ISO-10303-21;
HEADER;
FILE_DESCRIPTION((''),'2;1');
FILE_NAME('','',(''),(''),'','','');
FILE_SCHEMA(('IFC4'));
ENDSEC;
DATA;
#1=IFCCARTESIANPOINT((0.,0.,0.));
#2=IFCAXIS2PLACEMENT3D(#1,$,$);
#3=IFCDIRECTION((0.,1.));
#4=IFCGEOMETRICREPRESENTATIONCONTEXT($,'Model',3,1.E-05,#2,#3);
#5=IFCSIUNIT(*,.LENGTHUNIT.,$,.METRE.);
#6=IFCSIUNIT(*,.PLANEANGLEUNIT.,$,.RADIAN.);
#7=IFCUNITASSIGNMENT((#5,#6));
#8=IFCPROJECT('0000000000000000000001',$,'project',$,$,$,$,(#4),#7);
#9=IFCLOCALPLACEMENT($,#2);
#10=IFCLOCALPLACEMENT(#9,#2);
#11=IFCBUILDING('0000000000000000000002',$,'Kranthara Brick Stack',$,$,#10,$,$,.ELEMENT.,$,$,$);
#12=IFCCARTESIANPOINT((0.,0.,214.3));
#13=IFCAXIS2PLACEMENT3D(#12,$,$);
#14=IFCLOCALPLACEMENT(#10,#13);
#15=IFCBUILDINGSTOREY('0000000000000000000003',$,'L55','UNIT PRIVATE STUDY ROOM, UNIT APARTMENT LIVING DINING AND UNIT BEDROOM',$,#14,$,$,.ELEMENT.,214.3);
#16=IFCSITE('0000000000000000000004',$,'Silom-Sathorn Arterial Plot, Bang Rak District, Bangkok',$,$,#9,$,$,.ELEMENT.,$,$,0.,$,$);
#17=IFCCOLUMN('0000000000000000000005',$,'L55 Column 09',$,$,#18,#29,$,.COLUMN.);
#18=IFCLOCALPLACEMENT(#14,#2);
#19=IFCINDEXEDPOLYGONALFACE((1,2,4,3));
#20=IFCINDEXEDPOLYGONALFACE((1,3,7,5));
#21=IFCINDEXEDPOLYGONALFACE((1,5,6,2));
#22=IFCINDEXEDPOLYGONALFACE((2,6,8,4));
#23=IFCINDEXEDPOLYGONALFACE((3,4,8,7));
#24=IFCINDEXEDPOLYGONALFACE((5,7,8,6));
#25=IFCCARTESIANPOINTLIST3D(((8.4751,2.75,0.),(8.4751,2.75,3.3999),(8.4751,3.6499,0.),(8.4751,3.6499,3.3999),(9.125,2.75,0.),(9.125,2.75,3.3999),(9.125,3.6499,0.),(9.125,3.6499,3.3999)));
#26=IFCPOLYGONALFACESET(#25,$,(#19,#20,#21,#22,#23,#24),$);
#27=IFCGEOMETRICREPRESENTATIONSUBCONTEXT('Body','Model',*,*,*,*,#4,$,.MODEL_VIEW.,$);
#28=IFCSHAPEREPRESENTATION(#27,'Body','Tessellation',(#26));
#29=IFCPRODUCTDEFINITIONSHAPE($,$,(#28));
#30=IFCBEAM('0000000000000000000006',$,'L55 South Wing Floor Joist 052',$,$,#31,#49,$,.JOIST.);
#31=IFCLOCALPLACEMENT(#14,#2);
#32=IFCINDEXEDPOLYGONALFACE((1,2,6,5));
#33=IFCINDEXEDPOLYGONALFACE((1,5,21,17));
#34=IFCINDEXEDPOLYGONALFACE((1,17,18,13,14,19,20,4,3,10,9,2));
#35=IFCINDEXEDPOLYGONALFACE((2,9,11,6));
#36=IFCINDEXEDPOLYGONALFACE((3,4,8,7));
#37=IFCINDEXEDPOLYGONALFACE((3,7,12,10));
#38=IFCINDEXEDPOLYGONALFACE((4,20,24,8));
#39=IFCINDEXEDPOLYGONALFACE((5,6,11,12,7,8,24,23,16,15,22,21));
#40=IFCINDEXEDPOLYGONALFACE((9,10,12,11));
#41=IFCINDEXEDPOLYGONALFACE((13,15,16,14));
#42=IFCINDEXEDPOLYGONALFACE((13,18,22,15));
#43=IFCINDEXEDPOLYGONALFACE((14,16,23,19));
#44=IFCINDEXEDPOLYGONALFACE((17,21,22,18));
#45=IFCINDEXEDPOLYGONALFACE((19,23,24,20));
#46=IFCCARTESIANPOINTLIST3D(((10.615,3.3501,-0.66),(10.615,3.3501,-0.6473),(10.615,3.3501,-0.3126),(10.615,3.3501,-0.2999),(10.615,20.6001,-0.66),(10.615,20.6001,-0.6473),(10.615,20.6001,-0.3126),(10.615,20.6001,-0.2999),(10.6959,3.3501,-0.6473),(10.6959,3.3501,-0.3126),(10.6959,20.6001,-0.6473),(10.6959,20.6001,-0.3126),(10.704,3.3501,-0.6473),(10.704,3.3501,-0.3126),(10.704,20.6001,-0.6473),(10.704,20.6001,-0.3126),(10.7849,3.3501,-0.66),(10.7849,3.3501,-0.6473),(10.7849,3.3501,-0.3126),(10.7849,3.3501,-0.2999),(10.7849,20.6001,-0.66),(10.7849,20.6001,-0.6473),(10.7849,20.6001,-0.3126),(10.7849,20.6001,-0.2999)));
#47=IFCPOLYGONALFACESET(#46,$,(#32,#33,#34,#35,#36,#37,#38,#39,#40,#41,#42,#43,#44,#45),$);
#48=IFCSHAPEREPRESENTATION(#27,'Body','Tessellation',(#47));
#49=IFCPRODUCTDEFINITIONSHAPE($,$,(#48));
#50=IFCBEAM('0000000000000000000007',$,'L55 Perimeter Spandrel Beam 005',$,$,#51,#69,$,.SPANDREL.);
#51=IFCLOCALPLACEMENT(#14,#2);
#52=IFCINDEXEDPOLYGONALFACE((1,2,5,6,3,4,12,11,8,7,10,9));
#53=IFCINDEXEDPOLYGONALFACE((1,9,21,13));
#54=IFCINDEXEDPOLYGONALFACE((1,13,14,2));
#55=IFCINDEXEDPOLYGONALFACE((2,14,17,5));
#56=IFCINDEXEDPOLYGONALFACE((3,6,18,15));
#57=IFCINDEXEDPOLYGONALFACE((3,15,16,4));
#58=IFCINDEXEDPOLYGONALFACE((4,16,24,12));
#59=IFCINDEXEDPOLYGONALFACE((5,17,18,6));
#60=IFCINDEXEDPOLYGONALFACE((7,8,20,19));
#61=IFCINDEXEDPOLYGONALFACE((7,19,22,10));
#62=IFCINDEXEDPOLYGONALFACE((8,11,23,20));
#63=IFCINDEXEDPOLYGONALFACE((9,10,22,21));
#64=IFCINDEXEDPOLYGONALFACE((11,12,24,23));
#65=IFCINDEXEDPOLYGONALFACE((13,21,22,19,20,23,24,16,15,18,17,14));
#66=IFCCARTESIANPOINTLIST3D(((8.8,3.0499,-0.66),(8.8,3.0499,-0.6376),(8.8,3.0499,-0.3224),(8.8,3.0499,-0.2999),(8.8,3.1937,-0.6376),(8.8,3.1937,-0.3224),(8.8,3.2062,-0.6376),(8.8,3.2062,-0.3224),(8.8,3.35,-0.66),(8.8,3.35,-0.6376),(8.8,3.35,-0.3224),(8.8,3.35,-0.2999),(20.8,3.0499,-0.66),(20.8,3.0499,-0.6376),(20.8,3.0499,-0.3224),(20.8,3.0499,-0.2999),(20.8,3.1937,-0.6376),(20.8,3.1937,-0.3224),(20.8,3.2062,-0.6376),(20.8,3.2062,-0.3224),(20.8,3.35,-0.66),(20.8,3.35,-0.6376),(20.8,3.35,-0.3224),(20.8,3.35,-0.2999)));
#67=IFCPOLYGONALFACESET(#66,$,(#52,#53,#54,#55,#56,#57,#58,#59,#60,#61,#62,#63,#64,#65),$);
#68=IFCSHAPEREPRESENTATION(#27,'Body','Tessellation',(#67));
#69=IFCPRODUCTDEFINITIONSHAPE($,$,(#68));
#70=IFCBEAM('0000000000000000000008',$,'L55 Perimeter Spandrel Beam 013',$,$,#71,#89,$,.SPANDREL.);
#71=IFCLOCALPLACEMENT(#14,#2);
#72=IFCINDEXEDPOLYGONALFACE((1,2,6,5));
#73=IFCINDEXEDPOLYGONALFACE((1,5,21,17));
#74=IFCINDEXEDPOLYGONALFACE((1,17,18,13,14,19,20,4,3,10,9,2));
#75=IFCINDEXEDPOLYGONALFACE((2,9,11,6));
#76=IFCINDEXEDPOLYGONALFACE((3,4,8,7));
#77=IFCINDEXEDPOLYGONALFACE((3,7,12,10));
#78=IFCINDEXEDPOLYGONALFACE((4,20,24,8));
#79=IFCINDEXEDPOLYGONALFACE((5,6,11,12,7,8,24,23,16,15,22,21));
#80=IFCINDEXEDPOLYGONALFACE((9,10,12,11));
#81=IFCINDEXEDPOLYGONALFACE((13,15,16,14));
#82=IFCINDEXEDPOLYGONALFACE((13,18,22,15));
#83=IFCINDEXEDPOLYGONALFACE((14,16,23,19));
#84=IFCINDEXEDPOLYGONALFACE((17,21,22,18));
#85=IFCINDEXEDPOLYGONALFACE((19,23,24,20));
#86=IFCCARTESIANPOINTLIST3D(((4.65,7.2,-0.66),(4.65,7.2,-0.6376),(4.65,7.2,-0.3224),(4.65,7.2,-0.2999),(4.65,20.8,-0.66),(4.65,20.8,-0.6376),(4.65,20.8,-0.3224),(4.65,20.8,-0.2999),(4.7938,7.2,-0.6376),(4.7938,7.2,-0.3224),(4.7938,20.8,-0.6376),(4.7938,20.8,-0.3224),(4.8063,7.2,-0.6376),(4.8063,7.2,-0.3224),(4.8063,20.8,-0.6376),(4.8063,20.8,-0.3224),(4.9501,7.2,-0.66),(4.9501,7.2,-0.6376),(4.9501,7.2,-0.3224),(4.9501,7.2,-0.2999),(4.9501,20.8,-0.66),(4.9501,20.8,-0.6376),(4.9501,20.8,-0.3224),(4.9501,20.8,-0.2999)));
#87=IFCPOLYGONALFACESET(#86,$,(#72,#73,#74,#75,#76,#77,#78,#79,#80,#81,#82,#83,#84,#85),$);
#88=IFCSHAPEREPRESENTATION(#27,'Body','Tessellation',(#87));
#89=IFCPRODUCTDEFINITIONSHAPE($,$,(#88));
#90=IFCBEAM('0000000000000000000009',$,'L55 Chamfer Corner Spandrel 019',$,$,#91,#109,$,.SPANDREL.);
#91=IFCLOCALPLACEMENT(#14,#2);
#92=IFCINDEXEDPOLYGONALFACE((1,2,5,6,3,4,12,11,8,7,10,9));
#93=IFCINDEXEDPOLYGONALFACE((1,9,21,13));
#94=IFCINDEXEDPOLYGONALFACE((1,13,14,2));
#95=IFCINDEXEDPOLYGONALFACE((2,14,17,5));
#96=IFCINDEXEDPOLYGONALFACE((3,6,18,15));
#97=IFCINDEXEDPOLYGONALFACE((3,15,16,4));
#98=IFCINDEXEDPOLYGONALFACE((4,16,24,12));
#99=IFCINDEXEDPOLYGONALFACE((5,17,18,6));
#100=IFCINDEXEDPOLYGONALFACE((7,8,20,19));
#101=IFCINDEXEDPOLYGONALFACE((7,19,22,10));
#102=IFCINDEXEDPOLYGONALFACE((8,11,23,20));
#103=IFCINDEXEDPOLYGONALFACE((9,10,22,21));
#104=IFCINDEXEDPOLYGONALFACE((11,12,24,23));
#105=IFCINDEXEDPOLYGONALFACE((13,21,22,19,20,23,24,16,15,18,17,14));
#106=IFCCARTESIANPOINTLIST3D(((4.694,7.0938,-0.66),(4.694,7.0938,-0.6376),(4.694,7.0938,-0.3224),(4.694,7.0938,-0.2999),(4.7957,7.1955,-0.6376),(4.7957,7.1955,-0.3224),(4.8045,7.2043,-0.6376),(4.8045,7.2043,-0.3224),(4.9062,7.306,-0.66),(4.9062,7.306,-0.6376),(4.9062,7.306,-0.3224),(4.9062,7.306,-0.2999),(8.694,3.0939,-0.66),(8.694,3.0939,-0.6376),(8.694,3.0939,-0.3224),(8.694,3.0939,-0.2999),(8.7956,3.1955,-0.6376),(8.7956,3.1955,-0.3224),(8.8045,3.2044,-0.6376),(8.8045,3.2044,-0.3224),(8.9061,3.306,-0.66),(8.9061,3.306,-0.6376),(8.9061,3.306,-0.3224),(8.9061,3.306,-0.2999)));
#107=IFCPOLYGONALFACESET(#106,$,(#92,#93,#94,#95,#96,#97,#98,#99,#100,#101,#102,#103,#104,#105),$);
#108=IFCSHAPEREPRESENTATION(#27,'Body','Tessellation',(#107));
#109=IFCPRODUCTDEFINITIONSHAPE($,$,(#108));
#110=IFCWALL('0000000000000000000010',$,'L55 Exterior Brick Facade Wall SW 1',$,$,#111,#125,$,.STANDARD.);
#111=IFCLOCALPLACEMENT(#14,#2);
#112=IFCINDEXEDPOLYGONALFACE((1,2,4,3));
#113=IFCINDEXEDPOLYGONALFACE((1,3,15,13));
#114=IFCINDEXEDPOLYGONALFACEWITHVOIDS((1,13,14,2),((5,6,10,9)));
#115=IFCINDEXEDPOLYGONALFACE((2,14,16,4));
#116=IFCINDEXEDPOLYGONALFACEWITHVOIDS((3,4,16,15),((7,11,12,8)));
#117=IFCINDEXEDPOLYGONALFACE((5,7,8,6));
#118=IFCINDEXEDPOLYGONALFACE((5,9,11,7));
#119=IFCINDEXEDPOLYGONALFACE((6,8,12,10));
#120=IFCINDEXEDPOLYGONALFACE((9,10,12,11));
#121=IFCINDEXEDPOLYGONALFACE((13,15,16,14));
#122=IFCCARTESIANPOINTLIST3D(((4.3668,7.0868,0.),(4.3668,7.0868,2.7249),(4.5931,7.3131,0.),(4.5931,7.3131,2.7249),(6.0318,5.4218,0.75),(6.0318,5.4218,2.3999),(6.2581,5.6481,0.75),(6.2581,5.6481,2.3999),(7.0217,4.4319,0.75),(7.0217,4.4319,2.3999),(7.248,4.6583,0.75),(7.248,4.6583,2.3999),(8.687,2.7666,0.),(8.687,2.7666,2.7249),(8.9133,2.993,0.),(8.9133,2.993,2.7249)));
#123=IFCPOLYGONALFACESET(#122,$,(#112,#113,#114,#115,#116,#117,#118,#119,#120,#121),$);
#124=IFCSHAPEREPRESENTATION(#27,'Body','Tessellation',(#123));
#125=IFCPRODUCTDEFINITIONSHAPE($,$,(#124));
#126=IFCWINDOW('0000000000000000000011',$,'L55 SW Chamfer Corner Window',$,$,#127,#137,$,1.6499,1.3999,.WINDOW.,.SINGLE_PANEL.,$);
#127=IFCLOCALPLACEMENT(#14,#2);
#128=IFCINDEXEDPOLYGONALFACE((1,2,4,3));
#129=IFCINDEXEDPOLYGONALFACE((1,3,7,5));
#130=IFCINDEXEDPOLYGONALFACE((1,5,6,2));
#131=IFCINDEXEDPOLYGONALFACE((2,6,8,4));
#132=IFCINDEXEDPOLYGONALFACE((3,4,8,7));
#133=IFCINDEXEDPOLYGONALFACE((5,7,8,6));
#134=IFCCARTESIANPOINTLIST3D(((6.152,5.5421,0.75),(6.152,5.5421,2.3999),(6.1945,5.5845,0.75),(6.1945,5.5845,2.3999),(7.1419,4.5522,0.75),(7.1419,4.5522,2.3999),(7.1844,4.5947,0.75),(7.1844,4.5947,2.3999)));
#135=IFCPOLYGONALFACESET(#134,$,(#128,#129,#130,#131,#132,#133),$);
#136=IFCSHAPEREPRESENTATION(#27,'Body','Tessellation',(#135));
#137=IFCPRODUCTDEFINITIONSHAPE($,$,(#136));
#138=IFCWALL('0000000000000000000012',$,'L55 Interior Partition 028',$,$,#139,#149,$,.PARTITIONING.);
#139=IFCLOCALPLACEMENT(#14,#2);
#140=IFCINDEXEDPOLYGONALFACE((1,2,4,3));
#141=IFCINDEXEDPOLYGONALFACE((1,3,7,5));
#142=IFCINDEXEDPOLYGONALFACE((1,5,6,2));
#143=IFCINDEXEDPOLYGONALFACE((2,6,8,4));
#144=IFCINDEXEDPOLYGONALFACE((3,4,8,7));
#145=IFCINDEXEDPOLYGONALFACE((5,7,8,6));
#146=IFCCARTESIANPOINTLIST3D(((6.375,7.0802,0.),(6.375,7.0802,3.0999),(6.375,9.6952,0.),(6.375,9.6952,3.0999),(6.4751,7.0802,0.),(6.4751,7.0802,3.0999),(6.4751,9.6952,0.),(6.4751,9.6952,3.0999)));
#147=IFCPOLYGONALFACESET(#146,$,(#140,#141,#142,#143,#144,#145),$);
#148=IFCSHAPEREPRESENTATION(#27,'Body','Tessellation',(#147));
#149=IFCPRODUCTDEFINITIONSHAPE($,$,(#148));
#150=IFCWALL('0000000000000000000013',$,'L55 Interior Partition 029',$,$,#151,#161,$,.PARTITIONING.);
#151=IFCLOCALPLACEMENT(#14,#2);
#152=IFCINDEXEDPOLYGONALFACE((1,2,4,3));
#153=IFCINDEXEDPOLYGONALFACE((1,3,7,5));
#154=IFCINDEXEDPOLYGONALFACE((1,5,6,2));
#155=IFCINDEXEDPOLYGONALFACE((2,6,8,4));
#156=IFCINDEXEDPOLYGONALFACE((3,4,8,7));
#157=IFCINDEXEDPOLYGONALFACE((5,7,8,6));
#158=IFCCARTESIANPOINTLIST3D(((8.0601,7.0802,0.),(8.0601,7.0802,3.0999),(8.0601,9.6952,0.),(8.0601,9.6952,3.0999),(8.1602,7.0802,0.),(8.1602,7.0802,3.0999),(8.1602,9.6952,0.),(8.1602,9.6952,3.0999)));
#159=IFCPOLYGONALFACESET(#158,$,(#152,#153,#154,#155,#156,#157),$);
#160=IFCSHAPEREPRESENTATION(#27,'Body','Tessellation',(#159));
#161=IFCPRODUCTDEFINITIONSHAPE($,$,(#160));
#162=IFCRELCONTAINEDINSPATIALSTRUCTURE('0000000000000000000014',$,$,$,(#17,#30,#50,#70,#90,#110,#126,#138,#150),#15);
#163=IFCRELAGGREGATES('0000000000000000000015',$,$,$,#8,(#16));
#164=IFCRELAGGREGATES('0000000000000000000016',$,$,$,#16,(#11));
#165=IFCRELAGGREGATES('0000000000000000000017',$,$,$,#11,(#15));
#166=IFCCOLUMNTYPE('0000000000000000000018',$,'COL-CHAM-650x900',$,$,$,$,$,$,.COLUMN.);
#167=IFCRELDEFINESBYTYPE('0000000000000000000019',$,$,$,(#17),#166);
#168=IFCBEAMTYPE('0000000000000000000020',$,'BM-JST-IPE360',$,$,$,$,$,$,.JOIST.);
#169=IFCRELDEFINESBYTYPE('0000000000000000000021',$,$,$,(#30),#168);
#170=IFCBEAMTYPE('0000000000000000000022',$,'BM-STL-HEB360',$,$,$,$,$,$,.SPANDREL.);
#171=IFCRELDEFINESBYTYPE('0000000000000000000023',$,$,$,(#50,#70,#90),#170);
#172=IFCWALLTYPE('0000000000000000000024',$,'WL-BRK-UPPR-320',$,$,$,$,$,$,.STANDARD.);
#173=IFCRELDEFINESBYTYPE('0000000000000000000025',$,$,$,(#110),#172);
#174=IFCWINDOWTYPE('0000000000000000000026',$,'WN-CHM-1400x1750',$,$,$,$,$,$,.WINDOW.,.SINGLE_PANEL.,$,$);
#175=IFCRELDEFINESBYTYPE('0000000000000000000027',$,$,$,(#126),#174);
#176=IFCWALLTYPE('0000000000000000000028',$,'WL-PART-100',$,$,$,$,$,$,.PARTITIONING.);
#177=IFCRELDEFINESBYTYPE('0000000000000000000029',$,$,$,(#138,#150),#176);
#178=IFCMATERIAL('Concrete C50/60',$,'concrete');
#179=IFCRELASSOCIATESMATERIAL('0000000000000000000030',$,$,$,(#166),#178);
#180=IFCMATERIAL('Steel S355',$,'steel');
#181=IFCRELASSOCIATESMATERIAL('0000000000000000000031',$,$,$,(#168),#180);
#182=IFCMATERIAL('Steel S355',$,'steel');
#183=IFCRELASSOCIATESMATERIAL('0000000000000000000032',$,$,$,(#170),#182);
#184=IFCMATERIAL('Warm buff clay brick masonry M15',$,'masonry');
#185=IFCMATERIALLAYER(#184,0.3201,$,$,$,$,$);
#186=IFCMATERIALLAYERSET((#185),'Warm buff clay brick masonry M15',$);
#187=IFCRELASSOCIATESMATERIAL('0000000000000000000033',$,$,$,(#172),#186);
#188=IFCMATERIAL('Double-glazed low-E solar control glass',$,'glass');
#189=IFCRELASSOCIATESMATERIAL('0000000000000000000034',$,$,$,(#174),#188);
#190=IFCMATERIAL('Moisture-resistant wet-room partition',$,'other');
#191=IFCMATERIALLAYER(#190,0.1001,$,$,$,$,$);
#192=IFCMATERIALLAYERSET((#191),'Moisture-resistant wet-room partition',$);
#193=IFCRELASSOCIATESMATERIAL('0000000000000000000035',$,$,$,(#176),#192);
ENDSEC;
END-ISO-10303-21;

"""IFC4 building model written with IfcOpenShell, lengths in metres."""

from ifc_helpers import new_model, si_unit, direction, frame, frame_2d, origin, origin_2d, place, context, subcontext, project, spatial, rectangle, i_section, extrude, material, layer, layer_set, material_profile, profile_set, type_object, element, fill, save


model = new_model("IFC4")

# Units and contexts
model_context = context("Model", 3, precision=1e-05, world=origin(), true_north=direction((0.0, 1.0)))
body_context = subcontext(model_context, "Body", "Model", "MODEL_VIEW")
ifc_project = project(units=[si_unit("LENGTHUNIT", "METRE"), si_unit("PLANEANGLEUNIT", "RADIAN")], contexts=[model_context])

# Site, building, storey
site_placement = place(None, origin())
site = spatial("IfcSite", under=ifc_project, at=site_placement, Name="Silom-Sathorn Arterial Plot, Bang Rak District, Bangkok", CompositionType="ELEMENT", RefElevation=0.0)
building_placement = place(site_placement, origin())
building = spatial("IfcBuilding", under=site, at=building_placement, Name="Kranthara Brick Stack", CompositionType="ELEMENT")
storey_placement = place(building_placement, frame((0.0, 0.0, 214.3)))
storey = spatial("IfcBuildingStorey", under=building, at=storey_placement, Name="L55", Description="UNIT PRIVATE STUDY ROOM, UNIT APARTMENT LIVING DINING AND UNIT BEDROOM", CompositionType="ELEMENT", Elevation=214.3)

# Column
ifc_material_1 = material(Name="Concrete C50/60", Category="concrete")
ifc_material_profile_1 = material_profile(ifc_material_1, rectangle(XDim=0.6499, YDim=0.8999, at=origin_2d()), Name="RC 650x900")
ifc_profile_set_1 = profile_set([ifc_material_profile_1], Name="Concrete C50/60")
column_type = type_object("IfcColumnType", Name="COL-CHAM-650x900", PredefinedType="COLUMN", material=ifc_profile_set_1)
column_placement = place(storey_placement, frame((8.8, 3.2, 0.0), z_axis=(0.0, 0.0, 1.0), x_axis=(1.0, 0.0, 0.0)))
element("IfcColumn", 1, at=column_placement, inside=storey, type_object=column_type, Name="L55 Column 09", PredefinedType="COLUMN", context=body_context, shape_type="SweptSolid", body=[
    extrude(rectangle(XDim=0.6499, YDim=0.8999, at=origin_2d()), origin(), (0.0, 0.0, 1.0), 3.3999),
])

# Beams
ifc_material_2 = material(Name="Steel S355", Category="steel")
ifc_material_profile_2 = material_profile(ifc_material_2, i_section(OverallWidth=0.1699, OverallDepth=0.3601, WebThickness=0.0081, FlangeThickness=0.0127, at=origin_2d()), Name="IPE 360")
ifc_profile_set_2 = profile_set([ifc_material_profile_2], Name="Steel S355")
beam_type_1 = type_object("IfcBeamType", Name="BM-JST-IPE360", PredefinedType="JOIST", material=ifc_profile_set_2)
beam_1_placement = place(storey_placement, frame((10.7, 3.3501, -0.48), z_axis=(0.0, 1.0, 0.0), x_axis=(-1.0, 0.0, 0.0)))
element("IfcBeam", 2, at=beam_1_placement, inside=storey, type_object=beam_type_1, Name="L55 South Wing Floor Joist 052", PredefinedType="JOIST", context=body_context, shape_type="SweptSolid", body=[
    extrude(i_section(OverallWidth=0.1699, OverallDepth=0.3601, WebThickness=0.0081, FlangeThickness=0.0127, at=origin_2d()), origin(), (0.0, 0.0, 1.0), 17.25),
])
ifc_material_3 = material(Name="Steel S355", Category="steel")
ifc_material_profile_3 = material_profile(ifc_material_3, i_section(OverallWidth=0.3, OverallDepth=0.3601, WebThickness=0.0125, FlangeThickness=0.0225, at=origin_2d()), Name="HEB 360")
ifc_profile_set_3 = profile_set([ifc_material_profile_3], Name="Steel S355")
beam_type_2 = type_object("IfcBeamType", Name="BM-STL-HEB360", PredefinedType="SPANDREL", material=ifc_profile_set_3)
beam_2_placement = place(storey_placement, frame((8.8, 3.2, -0.48), z_axis=(1.0, 0.0, 0.0), x_axis=(0.0, 1.0, 0.0)))
element("IfcBeam", 3, at=beam_2_placement, inside=storey, type_object=beam_type_2, Name="L55 Perimeter Spandrel Beam 005", PredefinedType="SPANDREL", context=body_context, shape_type="SweptSolid", body=[
    extrude(i_section(OverallWidth=0.3, OverallDepth=0.3601, WebThickness=0.0125, FlangeThickness=0.0225, at=origin_2d()), origin(), (0.0, 0.0, 1.0), 12.0),
])
beam_3_placement = place(storey_placement, frame((4.8, 7.2, -0.48), z_axis=(0.0, 1.0, 0.0), x_axis=(-1.0, 0.0, 0.0)))
element("IfcBeam", 4, at=beam_3_placement, inside=storey, type_object=beam_type_2, Name="L55 Perimeter Spandrel Beam 013", PredefinedType="SPANDREL", context=body_context, shape_type="SweptSolid", body=[
    extrude(i_section(OverallWidth=0.3, OverallDepth=0.3601, WebThickness=0.0125, FlangeThickness=0.0225, at=origin_2d()), origin(), (0.0, 0.0, 1.0), 13.6001),
])
beam_4_placement = place(storey_placement, frame((8.8, 3.2, -0.48), z_axis=(-0.707107, 0.707107, 0.0), x_axis=(-0.707107, -0.707107, 0.0)))
element("IfcBeam", 5, at=beam_4_placement, inside=storey, type_object=beam_type_2, Name="L55 Chamfer Corner Spandrel 019", PredefinedType="SPANDREL", context=body_context, shape_type="SweptSolid", body=[
    extrude(i_section(OverallWidth=0.3, OverallDepth=0.3601, WebThickness=0.0125, FlangeThickness=0.0225, at=origin_2d()), origin(), (0.0, 0.0, 1.0), 5.6567),
])

# Wall, opening, window
ifc_material_4 = material(Name="Warm buff clay brick masonry M15", Category="masonry")
ifc_layer_1 = layer(ifc_material_4, 0.3201)
ifc_layer_set_1 = layer_set([ifc_layer_1], Name="Warm buff clay brick masonry M15")
wall_type_1 = type_object("IfcWallType", Name="WL-BRK-UPPR-320", PredefinedType="STANDARD", material=ifc_layer_set_1)
wall_1_placement = place(storey_placement, frame((8.8, 2.8799, 0.0), z_axis=(0.0, 0.0, 1.0), x_axis=(-0.707107, 0.707107, 0.0)))
wall_1 = element("IfcWall", 6, at=wall_1_placement, inside=storey, type_object=wall_type_1, Name="L55 Exterior Brick Facade Wall SW 1", PredefinedType="STANDARD", context=body_context, shape_type="SweptSolid", body=[
    extrude(rectangle(XDim=6.1096, YDim=0.3201, at=frame_2d((3.0547, 0.0))), origin(), (0.0, 0.0, 1.0), 2.7249),
])
opening_1_placement = place(wall_1_placement, frame((2.355, 0.0, 0.75)))
opening_1 = element("IfcOpeningElement", 7, at=opening_1_placement, cuts=wall_1, PredefinedType="OPENING", context=body_context, shape_type="SweptSolid", body=[
    extrude(rectangle(XDim=1.3999, YDim=1.6499, at=frame_2d((0.7, 0.825))), frame((0.0, 0.1699, 0.0), z_axis=(0.0, -1.0, 0.0), x_axis=(1.0, 0.0, 0.0)), (0.0, 0.0, 1.0), 0.3401),
])
ifc_material_5 = material(Name="Double-glazed low-E solar control glass", Category="glass")
window_type = type_object("IfcWindowType", Name="WN-CHM-1400x1750", PartitioningType="SINGLE_PANEL", PredefinedType="WINDOW", material=ifc_material_5)
window_placement = place(opening_1_placement, origin())
window = element("IfcWindow", 8, at=window_placement, inside=storey, type_object=window_type, Name="L55 SW Chamfer Corner Window", OverallHeight=1.6499, OverallWidth=1.3999, PartitioningType="SINGLE_PANEL", PredefinedType="WINDOW", context=body_context, shape_type="SweptSolid", body=[
    extrude(rectangle(XDim=1.3999, YDim=1.6499, at=frame_2d((0.7, 0.825))), frame((0.0, -0.01, 0.0), z_axis=(0.0, -1.0, 0.0), x_axis=(1.0, 0.0, 0.0)), (0.0, 0.0, 1.0), 0.0601),
])
fill(opening_1, window)

# Walls
ifc_material_6 = material(Name="Moisture-resistant wet-room partition", Category="other")
ifc_layer_2 = layer(ifc_material_6, 0.1001)
ifc_layer_set_2 = layer_set([ifc_layer_2], Name="Moisture-resistant wet-room partition")
wall_type_2 = type_object("IfcWallType", Name="WL-PART-100", PredefinedType="PARTITIONING", material=ifc_layer_set_2)
for number, where, z_axis, x_axis, name in (
    (9, (6.425, 7.0801, 0.0), (0.0, 0.0, 1.0), (0.0, 1.0, 0.0), "L55 Interior Partition 028"),
    (10, (8.1101, 7.0801, 0.0), (0.0, 0.0, 1.0), (0.0, 1.0, 0.0), "L55 Interior Partition 029"),
):
    element("IfcWall", number, at=place(storey_placement, frame(where, z_axis=z_axis, x_axis=x_axis)), inside=storey, type_object=wall_type_2, Name=name, PredefinedType="PARTITIONING", context=body_context, shape_type="SweptSolid", body=[
        extrude(rectangle(XDim=2.615, YDim=0.1001, at=frame_2d((1.3076, 0.0))), origin(), (0.0, 0.0, 1.0), 3.0999),
    ])

save(model, "model.ifc")
